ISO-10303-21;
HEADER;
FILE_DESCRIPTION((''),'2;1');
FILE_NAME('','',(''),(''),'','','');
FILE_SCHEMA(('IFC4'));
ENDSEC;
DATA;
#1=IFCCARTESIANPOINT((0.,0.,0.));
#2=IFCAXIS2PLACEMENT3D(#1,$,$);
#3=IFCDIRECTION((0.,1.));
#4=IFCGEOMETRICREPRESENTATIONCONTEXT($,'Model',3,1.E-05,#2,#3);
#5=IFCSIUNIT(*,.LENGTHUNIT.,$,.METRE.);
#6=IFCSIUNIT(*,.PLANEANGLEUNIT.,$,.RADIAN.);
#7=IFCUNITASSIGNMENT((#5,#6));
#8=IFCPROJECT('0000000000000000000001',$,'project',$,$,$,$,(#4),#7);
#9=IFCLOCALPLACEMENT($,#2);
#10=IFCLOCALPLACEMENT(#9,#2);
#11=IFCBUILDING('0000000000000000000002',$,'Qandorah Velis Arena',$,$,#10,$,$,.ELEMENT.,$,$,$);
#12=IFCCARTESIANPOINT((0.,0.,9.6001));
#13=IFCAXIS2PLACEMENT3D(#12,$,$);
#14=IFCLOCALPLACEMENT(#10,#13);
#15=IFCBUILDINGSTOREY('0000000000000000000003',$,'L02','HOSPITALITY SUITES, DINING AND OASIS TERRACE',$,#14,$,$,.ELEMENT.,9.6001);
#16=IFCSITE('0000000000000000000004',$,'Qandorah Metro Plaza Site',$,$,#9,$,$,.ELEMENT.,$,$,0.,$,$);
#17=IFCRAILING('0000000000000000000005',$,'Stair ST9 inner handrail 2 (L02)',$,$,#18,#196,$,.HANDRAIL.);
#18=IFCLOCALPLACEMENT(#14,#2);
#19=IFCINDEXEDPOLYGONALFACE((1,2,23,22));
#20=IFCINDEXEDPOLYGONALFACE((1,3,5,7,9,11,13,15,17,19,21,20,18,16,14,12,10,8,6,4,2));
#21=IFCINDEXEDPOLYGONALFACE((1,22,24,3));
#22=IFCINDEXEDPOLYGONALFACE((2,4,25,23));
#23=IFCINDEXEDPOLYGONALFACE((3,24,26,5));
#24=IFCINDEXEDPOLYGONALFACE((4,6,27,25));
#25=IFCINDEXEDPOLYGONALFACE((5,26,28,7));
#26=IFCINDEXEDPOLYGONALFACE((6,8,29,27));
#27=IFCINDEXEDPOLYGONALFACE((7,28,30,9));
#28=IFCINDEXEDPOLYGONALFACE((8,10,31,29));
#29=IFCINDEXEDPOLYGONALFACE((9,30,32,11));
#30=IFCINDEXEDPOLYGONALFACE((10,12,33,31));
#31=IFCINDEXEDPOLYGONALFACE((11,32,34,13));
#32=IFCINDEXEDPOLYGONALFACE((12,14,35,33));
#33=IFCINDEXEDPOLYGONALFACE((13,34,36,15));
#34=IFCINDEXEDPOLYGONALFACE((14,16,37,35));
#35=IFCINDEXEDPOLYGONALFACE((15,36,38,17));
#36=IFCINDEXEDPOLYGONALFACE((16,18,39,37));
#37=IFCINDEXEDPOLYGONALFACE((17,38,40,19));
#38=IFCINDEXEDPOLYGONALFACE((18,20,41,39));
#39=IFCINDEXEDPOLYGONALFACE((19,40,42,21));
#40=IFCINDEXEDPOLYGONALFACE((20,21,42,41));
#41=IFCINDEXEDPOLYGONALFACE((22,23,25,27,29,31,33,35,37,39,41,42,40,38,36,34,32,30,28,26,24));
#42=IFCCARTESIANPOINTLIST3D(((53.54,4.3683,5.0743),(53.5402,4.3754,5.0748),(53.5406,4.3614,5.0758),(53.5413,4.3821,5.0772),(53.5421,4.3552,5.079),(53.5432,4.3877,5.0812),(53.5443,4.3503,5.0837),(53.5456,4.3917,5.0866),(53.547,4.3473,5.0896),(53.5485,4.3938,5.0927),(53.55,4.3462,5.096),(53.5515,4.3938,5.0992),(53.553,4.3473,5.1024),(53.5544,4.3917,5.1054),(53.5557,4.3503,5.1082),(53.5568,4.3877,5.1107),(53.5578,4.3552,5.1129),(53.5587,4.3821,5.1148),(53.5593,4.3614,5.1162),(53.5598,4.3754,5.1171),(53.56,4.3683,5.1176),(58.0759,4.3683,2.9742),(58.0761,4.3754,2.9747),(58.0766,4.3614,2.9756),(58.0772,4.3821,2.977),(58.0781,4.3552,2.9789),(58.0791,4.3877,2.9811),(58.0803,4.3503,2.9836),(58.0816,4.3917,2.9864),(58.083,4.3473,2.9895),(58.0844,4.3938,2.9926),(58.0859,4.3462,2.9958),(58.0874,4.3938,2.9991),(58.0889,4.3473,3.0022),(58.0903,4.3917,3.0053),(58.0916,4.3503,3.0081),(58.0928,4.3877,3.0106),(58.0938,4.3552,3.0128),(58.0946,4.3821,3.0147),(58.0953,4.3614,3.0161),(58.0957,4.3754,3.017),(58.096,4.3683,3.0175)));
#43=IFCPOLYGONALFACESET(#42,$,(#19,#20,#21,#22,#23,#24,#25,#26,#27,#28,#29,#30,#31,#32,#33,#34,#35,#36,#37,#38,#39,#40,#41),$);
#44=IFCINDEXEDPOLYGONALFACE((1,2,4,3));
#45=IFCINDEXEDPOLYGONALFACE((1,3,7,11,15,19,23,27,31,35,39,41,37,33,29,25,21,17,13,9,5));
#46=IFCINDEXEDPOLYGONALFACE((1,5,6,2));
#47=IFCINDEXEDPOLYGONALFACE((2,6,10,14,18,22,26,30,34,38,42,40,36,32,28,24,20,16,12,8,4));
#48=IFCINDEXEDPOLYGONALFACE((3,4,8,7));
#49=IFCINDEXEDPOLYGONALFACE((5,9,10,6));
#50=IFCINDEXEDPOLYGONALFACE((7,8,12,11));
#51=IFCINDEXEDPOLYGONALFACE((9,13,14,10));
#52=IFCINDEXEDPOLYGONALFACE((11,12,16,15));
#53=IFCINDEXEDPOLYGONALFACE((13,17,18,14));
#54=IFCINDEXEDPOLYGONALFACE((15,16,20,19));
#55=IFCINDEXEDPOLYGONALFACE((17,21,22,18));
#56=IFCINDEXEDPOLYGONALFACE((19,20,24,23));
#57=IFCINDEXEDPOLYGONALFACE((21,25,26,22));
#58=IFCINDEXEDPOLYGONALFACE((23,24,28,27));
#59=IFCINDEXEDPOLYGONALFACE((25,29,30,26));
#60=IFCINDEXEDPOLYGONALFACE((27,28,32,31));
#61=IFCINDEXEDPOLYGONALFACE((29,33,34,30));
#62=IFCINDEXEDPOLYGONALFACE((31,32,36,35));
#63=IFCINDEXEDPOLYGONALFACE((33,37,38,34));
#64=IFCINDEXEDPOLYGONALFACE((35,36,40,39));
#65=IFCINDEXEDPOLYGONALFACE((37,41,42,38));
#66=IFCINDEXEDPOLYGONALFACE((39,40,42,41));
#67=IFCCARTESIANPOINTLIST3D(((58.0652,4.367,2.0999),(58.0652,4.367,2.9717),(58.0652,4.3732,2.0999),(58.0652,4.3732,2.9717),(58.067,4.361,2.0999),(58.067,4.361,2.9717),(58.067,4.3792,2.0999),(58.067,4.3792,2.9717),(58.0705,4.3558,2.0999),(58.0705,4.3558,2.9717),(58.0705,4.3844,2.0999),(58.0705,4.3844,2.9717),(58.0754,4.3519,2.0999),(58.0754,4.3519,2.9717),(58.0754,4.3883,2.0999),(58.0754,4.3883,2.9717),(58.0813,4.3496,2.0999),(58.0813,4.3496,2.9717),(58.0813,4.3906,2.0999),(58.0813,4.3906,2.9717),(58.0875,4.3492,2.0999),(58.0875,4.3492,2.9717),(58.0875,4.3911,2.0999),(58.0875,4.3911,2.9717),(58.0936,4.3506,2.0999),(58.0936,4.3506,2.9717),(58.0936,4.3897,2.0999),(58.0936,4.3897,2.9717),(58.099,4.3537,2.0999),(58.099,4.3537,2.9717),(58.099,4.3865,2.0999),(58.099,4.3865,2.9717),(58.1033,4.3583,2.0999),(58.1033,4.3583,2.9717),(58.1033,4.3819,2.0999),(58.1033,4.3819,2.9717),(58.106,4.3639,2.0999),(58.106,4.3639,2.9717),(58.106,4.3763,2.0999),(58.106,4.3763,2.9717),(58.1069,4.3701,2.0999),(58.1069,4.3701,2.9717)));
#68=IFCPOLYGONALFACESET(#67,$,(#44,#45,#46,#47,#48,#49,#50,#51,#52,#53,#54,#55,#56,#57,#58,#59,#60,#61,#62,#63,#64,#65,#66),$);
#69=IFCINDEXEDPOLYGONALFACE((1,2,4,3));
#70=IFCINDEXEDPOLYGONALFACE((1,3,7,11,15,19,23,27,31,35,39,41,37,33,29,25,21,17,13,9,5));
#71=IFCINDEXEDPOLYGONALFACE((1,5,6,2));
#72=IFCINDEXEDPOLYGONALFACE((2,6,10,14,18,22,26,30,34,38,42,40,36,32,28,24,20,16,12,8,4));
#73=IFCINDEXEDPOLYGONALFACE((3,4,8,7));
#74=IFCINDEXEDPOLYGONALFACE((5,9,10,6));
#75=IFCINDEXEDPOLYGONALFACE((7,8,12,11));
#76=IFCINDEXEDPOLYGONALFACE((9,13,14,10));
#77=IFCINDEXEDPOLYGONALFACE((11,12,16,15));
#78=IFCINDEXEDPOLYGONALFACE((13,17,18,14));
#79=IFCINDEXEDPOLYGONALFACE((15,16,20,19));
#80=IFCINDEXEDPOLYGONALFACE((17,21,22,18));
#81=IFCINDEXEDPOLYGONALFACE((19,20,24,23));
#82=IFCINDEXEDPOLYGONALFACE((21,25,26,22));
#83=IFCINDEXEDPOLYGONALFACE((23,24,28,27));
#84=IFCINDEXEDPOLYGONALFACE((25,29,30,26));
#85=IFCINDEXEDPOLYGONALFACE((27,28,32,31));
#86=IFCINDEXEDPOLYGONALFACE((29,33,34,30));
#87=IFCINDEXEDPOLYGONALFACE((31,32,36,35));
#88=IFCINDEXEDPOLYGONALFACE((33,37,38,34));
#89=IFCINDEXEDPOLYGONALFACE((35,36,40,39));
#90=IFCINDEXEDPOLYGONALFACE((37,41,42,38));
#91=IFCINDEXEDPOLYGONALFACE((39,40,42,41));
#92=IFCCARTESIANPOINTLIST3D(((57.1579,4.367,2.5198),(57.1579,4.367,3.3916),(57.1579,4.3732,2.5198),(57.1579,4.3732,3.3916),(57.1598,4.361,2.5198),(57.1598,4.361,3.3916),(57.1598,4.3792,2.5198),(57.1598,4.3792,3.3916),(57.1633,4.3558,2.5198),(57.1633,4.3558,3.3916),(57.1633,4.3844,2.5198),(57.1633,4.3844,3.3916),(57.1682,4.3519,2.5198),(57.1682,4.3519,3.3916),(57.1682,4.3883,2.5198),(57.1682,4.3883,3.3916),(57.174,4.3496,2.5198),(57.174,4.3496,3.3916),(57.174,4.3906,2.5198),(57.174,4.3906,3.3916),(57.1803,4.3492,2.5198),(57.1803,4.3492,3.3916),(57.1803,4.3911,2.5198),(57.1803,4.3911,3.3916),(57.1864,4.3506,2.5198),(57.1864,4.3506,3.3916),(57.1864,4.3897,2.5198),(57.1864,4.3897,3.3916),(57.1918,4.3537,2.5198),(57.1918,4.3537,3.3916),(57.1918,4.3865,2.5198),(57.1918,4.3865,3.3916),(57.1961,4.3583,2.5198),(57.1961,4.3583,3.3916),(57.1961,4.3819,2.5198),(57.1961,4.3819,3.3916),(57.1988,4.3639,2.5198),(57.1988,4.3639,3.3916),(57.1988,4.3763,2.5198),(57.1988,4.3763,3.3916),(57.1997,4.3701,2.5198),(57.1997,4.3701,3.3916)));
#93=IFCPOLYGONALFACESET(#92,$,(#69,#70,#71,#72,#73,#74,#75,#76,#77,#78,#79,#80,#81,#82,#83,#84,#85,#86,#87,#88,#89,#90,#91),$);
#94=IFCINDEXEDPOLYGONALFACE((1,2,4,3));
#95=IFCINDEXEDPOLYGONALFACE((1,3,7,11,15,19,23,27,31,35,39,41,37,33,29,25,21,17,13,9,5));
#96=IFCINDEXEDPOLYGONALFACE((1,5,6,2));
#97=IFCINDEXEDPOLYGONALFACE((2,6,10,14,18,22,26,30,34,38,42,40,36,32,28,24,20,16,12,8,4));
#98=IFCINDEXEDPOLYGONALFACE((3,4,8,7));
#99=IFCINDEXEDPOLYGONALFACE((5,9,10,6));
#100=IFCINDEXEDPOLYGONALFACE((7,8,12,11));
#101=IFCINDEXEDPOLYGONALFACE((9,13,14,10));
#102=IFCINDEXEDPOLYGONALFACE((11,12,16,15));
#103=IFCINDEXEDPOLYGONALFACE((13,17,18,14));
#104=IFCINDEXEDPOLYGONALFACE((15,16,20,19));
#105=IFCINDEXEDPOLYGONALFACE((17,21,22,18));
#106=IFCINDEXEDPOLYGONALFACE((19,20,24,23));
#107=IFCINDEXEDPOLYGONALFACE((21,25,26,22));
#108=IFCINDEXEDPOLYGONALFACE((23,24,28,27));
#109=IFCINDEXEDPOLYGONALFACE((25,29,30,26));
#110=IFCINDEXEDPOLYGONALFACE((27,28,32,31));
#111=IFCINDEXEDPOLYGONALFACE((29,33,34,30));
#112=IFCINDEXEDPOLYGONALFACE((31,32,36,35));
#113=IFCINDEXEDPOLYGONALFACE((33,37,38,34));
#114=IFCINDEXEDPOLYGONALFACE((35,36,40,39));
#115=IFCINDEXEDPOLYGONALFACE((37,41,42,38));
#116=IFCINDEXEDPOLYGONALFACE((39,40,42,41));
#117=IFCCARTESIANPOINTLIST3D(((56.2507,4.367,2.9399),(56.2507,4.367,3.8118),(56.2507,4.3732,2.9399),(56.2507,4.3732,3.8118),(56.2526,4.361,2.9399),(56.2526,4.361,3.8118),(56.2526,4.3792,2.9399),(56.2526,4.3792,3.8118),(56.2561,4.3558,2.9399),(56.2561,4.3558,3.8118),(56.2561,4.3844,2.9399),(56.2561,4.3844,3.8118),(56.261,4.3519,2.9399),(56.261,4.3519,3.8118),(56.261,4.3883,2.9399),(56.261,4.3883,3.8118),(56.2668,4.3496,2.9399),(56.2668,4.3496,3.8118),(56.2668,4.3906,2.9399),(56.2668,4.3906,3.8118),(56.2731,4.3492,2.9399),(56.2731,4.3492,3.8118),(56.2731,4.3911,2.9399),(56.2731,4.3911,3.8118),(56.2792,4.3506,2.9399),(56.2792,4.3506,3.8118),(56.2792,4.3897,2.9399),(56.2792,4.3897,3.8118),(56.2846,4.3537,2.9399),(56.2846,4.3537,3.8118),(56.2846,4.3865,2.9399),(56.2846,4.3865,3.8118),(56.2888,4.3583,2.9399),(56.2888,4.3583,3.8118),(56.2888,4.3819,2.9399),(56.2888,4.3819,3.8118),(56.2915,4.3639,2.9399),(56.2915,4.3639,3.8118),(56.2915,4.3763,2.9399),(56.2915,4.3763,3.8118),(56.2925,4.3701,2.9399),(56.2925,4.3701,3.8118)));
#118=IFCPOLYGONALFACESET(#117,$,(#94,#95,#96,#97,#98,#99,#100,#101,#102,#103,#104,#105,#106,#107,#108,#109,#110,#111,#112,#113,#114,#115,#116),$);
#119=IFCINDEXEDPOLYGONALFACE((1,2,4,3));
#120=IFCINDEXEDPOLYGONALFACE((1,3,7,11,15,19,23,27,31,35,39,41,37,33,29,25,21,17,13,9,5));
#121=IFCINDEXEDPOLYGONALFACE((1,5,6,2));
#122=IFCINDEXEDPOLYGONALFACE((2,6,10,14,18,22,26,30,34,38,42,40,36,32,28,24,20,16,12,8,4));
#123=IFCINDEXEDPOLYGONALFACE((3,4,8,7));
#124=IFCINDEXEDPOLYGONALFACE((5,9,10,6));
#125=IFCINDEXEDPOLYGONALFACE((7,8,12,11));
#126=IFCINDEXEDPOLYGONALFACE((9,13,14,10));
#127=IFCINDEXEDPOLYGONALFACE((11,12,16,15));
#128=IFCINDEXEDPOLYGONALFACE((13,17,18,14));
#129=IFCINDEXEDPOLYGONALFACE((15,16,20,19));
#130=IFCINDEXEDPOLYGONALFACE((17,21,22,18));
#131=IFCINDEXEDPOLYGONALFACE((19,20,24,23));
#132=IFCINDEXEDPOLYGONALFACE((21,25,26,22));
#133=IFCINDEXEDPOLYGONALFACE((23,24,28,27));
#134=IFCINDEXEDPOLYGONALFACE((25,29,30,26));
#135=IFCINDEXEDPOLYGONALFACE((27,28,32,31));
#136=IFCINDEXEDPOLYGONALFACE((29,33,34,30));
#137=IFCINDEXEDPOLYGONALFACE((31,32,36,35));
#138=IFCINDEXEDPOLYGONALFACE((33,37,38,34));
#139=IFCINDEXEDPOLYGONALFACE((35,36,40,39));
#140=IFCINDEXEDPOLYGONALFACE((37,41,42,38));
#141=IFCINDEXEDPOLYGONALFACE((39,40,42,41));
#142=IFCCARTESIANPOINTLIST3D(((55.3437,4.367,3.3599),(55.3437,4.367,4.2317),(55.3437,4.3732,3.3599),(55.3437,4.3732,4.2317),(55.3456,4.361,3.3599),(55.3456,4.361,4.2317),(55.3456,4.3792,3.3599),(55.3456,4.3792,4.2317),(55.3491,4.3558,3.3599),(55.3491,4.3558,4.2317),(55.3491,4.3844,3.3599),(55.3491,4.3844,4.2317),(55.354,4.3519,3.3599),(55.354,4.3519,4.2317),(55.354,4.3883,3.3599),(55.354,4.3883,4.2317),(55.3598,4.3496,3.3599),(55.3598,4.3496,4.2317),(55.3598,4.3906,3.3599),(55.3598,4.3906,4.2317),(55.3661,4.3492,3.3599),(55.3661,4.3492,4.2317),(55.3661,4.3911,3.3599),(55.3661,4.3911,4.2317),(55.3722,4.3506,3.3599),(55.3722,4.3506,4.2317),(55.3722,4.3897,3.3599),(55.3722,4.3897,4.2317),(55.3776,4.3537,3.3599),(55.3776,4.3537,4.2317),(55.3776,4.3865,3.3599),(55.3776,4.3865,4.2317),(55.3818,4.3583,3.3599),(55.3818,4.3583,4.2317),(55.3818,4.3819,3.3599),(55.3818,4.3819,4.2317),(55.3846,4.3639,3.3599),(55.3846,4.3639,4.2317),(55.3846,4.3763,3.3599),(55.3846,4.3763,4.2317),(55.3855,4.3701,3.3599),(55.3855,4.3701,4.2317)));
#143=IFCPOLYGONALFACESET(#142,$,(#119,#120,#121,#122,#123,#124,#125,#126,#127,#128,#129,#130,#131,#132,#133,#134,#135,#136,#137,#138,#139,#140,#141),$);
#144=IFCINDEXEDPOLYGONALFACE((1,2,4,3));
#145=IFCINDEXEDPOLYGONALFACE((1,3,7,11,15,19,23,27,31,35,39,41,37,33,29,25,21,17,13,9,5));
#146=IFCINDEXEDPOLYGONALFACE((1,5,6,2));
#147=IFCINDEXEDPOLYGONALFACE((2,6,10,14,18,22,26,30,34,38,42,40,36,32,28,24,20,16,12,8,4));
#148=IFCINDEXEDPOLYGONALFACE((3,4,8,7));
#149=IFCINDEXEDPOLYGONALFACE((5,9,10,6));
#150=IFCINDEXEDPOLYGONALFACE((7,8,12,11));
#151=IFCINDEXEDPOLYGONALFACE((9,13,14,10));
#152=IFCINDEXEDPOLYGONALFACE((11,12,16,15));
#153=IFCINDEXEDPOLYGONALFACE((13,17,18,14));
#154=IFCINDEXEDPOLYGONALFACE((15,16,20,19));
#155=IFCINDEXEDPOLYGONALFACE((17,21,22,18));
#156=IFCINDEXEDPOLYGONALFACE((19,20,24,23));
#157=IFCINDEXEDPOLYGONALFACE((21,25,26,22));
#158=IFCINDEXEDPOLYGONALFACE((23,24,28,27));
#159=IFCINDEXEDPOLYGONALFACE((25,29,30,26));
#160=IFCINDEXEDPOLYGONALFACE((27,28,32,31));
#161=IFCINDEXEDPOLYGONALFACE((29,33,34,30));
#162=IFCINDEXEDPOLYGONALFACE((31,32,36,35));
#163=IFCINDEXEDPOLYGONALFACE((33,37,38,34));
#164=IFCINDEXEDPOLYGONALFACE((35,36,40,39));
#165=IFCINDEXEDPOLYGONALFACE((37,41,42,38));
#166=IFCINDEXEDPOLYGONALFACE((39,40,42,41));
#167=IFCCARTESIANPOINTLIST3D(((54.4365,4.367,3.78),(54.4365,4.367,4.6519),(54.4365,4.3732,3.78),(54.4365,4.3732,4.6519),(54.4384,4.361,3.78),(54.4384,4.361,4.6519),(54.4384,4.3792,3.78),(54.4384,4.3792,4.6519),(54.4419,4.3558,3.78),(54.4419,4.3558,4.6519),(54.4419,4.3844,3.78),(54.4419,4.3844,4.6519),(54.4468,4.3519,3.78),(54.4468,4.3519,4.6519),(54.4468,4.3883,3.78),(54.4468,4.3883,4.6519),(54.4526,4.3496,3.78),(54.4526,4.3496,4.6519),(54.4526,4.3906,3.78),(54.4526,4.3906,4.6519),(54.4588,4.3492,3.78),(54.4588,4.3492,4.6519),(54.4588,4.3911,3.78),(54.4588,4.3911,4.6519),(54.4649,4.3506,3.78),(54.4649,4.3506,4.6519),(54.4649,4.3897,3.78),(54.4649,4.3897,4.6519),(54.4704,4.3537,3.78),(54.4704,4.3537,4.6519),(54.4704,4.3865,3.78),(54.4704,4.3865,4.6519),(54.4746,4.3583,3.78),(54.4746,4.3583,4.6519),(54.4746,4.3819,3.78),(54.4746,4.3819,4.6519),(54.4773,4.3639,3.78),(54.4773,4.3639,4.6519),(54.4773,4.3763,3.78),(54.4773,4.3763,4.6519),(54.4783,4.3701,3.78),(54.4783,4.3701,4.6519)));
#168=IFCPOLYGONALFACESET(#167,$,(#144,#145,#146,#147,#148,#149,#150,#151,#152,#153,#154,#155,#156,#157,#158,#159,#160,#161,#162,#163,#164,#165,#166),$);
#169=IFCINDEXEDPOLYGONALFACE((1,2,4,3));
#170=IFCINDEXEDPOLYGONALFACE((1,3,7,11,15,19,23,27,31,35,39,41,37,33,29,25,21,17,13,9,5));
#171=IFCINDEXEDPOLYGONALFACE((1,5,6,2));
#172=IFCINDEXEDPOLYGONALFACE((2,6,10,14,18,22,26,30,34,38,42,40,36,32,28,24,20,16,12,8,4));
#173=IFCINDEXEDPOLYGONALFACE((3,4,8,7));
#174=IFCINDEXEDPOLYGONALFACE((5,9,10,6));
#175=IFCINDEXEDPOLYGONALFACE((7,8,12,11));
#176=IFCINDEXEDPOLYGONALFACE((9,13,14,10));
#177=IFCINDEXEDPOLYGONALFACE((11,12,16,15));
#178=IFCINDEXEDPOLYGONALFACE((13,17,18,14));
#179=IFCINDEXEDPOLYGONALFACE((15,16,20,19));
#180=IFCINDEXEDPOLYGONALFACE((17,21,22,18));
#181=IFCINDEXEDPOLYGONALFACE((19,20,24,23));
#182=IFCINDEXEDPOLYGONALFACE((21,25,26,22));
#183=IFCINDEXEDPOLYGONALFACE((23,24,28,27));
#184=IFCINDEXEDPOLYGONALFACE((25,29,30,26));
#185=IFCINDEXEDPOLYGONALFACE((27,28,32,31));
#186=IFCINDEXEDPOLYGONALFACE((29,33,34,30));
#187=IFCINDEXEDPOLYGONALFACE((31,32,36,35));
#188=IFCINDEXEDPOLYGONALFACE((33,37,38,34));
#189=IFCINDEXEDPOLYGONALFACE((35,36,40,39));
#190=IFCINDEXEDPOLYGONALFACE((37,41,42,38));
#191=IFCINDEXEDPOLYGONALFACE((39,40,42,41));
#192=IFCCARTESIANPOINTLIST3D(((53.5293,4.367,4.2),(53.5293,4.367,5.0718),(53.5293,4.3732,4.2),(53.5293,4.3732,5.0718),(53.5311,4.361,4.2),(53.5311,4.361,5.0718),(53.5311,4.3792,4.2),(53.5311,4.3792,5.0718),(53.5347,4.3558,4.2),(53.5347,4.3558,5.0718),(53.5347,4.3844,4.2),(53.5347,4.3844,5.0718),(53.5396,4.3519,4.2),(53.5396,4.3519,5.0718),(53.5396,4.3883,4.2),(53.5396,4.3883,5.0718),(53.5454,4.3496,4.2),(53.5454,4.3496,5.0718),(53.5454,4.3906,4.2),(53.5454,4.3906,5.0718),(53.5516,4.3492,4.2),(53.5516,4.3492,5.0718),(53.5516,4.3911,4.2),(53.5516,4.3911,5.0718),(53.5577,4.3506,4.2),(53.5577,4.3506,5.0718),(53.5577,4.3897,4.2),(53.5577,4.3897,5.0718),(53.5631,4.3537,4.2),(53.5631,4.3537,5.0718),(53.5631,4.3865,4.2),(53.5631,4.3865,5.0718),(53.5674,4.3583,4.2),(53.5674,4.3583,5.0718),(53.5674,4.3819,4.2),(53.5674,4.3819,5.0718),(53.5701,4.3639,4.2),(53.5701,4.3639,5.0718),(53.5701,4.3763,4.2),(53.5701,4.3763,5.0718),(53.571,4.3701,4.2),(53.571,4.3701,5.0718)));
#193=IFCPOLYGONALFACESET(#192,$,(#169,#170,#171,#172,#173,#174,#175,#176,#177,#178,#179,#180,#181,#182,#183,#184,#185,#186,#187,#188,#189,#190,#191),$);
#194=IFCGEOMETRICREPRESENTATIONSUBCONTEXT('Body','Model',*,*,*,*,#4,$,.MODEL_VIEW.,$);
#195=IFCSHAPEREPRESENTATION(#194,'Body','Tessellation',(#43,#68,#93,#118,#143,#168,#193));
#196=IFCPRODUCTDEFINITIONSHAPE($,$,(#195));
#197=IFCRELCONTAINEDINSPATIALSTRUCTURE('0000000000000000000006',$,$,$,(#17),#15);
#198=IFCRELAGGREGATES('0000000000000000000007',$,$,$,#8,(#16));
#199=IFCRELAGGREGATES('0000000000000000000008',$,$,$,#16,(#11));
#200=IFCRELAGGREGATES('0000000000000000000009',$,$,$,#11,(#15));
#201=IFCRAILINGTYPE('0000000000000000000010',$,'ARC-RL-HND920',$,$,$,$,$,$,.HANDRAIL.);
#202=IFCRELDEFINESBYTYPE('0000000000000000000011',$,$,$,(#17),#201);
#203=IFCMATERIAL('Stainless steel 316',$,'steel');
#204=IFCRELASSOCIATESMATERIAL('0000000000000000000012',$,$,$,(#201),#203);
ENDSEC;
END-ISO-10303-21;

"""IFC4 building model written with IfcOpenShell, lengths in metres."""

from ifc_helpers import new_model, si_unit, direction, frame, origin, origin_2d, place, context, subcontext, project, spatial, circle, extrude, material, type_object, element, save


model = new_model("IFC4")

# Units and contexts
model_context = context("Model", 3, precision=1e-05, world=origin(), true_north=direction((0.0, 1.0)))
body_context = subcontext(model_context, "Body", "Model", "MODEL_VIEW")
ifc_project = project(units=[si_unit("LENGTHUNIT", "METRE"), si_unit("PLANEANGLEUNIT", "RADIAN")], contexts=[model_context])

# Site, building, storey
site_placement = place(None, origin())
site = spatial("IfcSite", under=ifc_project, at=site_placement, Name="Qandorah Metro Plaza Site", CompositionType="ELEMENT", RefElevation=0.0)
building_placement = place(site_placement, origin())
building = spatial("IfcBuilding", under=site, at=building_placement, Name="Qandorah Velis Arena", CompositionType="ELEMENT")
storey_placement = place(building_placement, frame((0.0, 0.0, 9.6001)))
storey = spatial("IfcBuildingStorey", under=building, at=storey_placement, Name="L02", Description="HOSPITALITY SUITES, DINING AND OASIS TERRACE", CompositionType="ELEMENT", Elevation=9.6001)

# Railing
ifc_material_1 = material(Name="Stainless steel 316", Category="steel")
railing_type_1 = type_object("IfcRailingType", Name="ARC-RL-HND920", PredefinedType="HANDRAIL", material=ifc_material_1)
railing_1_placement = place(storey_placement, frame((58.0859, 4.3701, 2.0999)))
element("IfcRailing", 1, at=railing_1_placement, inside=storey, type_object=railing_type_1, Name="Stair ST9 inner handrail 2 (L02)", PredefinedType="HANDRAIL", context=body_context, shape_type="SweptSolid", body=[
    extrude(circle(Radius=0.0239, at=origin_2d()), frame((0.0, 0.0, 0.896), z_axis=(-0.907456, 0.0, 0.420148), x_axis=(0.0, -1.0, 0.0)), (0.0, 0.0, 1.0), 4.9985),
    extrude(circle(Radius=0.021, at=origin_2d()), origin(), (0.0, 0.0, 1.0), 0.8718),
    extrude(circle(Radius=0.021, at=origin_2d()), frame((-0.9072, 0.0, 0.4199)), (0.0, 0.0, 1.0), 0.8718),
    extrude(circle(Radius=0.021, at=origin_2d()), frame((-1.8145, 0.0, 0.8401)), (0.0, 0.0, 1.0), 0.8718),
    extrude(circle(Radius=0.021, at=origin_2d()), frame((-2.7214, 0.0, 1.26)), (0.0, 0.0, 1.0), 0.8718),
    extrude(circle(Radius=0.021, at=origin_2d()), frame((-3.6287, 0.0, 1.6802)), (0.0, 0.0, 1.0), 0.8718),
    extrude(circle(Radius=0.021, at=origin_2d()), frame((-4.5359, 0.0, 2.1001)), (0.0, 0.0, 1.0), 0.8718),
])

save(model, "model.ifc")
